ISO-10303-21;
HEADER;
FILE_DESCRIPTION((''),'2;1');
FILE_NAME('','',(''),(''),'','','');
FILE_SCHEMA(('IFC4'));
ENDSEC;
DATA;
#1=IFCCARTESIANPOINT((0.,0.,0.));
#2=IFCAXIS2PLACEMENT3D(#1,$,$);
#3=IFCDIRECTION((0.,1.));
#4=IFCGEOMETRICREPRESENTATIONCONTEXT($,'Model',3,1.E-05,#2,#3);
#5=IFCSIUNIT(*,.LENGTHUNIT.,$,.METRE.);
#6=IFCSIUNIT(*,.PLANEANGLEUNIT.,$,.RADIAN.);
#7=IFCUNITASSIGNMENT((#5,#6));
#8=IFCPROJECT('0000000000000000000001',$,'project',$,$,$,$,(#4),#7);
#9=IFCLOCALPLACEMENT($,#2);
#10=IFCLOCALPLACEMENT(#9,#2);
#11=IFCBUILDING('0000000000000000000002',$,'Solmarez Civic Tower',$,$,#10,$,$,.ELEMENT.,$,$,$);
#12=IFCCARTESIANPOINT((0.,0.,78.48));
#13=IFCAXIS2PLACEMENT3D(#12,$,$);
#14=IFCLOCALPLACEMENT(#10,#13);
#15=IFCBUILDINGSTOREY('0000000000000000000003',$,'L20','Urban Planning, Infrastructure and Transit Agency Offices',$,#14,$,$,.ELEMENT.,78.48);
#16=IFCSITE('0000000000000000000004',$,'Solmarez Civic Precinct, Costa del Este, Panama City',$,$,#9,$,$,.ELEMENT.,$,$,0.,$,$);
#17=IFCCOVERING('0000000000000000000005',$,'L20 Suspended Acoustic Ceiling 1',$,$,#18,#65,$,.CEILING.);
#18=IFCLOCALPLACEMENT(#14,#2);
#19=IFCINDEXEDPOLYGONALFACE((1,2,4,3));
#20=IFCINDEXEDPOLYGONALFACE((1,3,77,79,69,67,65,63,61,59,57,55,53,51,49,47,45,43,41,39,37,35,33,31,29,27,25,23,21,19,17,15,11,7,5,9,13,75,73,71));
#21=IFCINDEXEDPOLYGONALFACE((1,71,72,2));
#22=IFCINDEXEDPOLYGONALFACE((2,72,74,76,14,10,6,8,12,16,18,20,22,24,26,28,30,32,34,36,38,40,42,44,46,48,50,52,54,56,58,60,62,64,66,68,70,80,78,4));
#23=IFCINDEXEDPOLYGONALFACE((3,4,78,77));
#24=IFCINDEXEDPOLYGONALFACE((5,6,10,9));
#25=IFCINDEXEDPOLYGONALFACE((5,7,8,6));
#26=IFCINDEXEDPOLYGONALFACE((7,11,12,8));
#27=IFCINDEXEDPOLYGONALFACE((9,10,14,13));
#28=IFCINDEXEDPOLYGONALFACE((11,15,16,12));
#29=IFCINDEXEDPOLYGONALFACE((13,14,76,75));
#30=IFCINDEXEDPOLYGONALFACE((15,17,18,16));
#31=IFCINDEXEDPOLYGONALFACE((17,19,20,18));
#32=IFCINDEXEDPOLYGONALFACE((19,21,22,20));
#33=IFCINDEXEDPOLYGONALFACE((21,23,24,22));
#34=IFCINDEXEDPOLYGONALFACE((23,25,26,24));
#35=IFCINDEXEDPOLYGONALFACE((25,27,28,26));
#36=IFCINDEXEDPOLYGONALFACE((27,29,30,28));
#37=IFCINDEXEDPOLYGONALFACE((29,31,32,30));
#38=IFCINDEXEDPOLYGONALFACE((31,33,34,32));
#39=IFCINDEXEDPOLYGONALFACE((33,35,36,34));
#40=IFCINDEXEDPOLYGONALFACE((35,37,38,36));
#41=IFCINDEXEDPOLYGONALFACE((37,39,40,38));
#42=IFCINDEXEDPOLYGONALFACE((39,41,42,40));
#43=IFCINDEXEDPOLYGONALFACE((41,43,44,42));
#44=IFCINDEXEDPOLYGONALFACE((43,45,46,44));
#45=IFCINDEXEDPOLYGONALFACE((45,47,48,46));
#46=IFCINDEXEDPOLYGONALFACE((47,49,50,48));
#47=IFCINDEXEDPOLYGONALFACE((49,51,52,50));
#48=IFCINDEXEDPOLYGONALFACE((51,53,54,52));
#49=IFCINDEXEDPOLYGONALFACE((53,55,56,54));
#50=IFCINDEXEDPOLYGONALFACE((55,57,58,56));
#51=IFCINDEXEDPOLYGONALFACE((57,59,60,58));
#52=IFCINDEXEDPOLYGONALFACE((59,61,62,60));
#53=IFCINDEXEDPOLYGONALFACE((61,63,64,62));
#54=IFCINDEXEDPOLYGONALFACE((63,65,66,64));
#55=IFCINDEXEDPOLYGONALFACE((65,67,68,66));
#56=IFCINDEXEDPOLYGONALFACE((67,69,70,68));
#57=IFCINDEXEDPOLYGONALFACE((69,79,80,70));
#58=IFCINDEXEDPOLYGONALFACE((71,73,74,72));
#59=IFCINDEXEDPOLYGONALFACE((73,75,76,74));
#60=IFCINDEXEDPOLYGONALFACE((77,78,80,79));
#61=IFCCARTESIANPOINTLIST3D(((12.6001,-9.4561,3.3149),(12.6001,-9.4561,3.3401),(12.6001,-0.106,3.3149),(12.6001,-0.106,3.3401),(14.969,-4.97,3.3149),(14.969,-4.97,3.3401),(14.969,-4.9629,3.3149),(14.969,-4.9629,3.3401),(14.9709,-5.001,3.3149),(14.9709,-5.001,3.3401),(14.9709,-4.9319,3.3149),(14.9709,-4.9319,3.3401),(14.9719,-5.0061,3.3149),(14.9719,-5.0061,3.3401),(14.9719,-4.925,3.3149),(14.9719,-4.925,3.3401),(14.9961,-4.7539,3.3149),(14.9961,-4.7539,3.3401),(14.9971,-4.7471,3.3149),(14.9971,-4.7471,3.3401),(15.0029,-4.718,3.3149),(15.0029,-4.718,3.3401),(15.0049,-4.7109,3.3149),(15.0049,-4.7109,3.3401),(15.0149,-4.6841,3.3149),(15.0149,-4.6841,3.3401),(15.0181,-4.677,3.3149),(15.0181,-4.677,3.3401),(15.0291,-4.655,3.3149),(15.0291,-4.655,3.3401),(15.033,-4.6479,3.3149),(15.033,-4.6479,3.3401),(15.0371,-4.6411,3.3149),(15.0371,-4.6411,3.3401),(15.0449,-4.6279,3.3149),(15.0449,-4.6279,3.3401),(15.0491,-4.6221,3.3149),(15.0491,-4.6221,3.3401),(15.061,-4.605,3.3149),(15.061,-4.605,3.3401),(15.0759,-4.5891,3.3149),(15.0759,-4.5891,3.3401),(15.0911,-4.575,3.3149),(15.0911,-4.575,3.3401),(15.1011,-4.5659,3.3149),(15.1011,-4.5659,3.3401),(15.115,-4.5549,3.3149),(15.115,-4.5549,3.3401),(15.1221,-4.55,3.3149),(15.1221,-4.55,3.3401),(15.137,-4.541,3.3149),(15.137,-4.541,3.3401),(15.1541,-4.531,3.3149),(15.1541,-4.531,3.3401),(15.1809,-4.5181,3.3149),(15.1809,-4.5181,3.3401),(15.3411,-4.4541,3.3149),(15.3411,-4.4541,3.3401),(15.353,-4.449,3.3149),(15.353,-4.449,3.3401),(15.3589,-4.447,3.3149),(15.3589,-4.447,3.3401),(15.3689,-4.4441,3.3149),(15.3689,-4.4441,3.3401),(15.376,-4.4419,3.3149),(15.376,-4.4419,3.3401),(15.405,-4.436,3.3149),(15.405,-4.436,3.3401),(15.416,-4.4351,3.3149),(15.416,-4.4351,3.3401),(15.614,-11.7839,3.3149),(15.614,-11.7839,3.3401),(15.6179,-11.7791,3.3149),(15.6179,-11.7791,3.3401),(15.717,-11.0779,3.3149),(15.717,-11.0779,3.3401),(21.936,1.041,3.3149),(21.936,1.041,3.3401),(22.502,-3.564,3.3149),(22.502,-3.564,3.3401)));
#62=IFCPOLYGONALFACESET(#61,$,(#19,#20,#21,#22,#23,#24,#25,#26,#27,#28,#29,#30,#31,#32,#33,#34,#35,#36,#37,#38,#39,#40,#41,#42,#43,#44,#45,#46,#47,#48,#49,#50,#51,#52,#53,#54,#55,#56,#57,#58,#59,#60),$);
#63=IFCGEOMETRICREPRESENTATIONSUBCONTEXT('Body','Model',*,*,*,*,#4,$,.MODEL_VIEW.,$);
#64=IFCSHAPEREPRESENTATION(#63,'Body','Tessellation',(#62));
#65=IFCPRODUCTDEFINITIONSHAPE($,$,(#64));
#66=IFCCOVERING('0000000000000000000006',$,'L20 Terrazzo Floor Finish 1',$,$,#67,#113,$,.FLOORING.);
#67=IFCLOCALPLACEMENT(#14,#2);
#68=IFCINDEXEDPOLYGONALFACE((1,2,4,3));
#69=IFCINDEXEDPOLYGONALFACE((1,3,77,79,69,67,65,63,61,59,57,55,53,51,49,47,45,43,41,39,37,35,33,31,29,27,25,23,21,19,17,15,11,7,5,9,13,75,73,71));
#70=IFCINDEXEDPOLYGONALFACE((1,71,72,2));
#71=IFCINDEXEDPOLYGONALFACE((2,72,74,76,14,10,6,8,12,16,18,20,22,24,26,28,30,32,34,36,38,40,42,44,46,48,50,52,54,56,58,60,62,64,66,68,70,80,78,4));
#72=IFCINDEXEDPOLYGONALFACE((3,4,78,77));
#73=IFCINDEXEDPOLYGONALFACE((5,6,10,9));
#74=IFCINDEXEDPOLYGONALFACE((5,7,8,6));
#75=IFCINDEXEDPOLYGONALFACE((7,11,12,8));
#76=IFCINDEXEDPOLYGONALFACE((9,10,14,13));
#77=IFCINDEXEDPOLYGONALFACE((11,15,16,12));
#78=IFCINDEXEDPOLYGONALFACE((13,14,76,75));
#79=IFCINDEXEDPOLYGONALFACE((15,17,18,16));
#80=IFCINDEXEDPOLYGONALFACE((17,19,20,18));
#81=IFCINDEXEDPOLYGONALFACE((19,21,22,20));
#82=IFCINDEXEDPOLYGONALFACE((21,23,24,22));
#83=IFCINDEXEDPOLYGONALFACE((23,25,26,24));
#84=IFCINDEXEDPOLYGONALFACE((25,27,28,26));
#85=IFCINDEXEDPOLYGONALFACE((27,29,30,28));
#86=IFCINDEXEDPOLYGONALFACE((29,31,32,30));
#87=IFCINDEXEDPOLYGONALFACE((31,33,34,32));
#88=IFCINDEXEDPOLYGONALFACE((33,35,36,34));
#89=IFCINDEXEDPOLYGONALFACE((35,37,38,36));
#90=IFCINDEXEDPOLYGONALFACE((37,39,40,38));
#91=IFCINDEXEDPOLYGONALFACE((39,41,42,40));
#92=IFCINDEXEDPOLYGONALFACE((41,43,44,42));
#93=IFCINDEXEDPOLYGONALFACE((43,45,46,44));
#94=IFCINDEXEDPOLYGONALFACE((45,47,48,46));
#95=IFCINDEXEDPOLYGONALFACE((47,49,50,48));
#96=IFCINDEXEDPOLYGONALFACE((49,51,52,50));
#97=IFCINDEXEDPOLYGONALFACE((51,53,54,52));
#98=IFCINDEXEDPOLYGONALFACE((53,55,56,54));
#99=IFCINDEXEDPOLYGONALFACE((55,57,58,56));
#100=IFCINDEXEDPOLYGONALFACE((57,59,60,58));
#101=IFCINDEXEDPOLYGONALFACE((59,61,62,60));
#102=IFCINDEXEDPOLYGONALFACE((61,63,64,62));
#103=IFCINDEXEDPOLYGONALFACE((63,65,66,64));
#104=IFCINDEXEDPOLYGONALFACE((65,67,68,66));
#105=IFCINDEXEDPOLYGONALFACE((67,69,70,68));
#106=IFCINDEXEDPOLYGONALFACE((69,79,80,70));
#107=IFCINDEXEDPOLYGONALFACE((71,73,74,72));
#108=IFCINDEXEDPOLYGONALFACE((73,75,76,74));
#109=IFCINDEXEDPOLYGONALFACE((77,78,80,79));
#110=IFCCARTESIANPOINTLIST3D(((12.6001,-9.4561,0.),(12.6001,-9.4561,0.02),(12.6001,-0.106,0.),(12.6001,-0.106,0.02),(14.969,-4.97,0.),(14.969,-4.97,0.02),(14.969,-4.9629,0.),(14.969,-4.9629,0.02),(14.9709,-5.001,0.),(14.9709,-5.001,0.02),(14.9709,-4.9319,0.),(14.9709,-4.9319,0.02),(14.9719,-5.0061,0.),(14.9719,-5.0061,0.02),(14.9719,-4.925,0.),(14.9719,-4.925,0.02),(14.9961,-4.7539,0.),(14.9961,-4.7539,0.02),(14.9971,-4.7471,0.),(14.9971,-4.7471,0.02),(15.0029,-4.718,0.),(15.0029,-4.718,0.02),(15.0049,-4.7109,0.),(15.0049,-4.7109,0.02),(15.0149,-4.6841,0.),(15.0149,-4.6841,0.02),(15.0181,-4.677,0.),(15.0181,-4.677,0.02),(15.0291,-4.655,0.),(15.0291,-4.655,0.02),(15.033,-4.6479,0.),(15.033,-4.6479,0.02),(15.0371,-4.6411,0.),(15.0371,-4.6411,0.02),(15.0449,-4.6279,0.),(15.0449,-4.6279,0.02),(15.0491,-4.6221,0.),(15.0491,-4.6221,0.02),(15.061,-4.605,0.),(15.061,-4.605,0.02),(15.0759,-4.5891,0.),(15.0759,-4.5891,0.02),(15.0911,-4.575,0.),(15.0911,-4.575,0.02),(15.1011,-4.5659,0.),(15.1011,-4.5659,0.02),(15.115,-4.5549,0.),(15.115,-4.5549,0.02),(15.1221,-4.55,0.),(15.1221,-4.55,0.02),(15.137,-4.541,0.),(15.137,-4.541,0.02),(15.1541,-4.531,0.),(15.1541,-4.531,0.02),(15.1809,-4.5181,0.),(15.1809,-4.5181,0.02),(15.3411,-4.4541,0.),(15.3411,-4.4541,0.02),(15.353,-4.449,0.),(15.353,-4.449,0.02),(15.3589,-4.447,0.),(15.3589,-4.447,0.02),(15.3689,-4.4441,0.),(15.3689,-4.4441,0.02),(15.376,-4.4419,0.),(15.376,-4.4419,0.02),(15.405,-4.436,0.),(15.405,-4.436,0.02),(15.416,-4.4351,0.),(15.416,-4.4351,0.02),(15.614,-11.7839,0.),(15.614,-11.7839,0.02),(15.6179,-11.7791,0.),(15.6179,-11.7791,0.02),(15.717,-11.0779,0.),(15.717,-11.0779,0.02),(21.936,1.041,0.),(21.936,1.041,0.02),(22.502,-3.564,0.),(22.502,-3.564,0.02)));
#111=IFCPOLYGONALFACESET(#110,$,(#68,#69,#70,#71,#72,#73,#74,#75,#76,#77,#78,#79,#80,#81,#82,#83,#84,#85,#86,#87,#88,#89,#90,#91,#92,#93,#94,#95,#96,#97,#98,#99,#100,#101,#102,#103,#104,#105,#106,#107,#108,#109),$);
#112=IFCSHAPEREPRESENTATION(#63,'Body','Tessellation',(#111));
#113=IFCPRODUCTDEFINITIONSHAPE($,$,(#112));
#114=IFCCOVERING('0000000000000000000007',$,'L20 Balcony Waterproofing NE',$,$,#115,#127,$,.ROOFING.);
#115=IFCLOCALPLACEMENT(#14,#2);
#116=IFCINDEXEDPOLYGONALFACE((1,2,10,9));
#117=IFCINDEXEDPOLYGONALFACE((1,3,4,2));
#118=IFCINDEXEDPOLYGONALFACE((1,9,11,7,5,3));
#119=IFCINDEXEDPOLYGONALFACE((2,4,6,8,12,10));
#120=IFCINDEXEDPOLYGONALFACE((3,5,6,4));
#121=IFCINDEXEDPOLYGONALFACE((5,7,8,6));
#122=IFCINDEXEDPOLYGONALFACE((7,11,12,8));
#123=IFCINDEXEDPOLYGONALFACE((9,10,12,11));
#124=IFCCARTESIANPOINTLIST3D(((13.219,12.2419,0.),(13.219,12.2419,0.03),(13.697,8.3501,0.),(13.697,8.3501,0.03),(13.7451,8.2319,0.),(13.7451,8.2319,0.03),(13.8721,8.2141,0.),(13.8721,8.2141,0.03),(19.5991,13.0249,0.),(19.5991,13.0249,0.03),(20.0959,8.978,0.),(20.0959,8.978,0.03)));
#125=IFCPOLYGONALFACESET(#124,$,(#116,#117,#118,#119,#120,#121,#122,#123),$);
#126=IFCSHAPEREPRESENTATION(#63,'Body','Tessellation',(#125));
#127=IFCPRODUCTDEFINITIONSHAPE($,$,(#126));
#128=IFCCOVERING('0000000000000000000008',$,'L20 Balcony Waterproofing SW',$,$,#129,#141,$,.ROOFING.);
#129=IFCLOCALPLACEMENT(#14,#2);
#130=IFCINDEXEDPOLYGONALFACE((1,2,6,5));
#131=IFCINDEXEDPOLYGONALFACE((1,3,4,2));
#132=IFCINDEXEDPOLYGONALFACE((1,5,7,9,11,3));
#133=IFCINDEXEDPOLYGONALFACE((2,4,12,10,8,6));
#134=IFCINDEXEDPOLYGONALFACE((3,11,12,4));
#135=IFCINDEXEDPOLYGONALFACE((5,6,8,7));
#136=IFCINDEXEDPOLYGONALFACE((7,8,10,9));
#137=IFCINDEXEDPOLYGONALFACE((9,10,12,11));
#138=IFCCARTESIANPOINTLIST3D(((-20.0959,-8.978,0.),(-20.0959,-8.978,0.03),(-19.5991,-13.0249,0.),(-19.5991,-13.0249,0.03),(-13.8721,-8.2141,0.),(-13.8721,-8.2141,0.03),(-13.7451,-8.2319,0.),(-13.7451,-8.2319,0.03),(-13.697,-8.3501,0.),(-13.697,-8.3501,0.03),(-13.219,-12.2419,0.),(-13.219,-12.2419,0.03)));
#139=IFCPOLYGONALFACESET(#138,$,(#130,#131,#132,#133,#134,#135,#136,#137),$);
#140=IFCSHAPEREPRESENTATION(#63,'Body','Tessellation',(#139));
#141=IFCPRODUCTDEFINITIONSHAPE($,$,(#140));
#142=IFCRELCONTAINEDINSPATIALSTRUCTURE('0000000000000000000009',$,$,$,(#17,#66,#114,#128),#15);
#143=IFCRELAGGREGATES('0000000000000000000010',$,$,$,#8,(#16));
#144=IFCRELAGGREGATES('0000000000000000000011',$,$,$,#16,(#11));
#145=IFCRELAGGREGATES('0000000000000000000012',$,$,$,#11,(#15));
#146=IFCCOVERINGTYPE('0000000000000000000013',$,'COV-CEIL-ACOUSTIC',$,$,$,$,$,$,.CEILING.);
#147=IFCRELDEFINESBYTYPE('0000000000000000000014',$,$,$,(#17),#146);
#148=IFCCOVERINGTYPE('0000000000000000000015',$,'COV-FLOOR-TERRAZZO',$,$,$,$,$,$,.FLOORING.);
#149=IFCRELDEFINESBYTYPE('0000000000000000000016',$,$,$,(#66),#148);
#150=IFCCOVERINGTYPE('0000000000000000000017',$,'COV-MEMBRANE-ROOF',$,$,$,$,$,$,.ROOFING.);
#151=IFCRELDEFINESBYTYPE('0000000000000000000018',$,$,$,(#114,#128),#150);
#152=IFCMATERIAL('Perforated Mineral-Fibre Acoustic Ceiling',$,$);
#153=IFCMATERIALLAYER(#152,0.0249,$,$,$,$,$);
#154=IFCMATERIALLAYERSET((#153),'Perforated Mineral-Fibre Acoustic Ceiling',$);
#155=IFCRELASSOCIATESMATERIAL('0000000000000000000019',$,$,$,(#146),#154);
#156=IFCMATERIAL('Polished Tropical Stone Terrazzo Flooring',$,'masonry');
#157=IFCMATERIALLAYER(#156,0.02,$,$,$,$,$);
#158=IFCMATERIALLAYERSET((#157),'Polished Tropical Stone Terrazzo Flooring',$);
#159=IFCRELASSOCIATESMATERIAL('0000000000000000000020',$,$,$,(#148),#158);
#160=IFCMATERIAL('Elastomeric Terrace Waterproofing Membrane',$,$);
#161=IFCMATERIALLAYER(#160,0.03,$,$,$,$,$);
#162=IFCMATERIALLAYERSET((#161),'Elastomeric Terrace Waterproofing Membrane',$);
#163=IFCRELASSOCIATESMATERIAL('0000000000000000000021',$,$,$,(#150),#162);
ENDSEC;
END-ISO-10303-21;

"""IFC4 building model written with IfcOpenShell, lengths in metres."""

from ifc_helpers import new_model, si_unit, direction, frame, origin, place, context, subcontext, project, spatial, polyline, outline, extrude, material, layer, layer_set, type_object, element, save


model = new_model("IFC4")

# Units and contexts
model_context = context("Model", 3, precision=1e-05, world=origin(), true_north=direction((0.0, 1.0)))
body_context = subcontext(model_context, "Body", "Model", "MODEL_VIEW")
ifc_project = project(units=[si_unit("LENGTHUNIT", "METRE"), si_unit("PLANEANGLEUNIT", "RADIAN")], contexts=[model_context])

# Site, building, storey
site_placement = place(None, origin())
site = spatial("IfcSite", under=ifc_project, at=site_placement, Name="Solmarez Civic Precinct, Costa del Este, Panama City", CompositionType="ELEMENT", RefElevation=0.0)
building_placement = place(site_placement, origin())
building = spatial("IfcBuilding", under=site, at=building_placement, Name="Solmarez Civic Tower", CompositionType="ELEMENT")
storey_placement = place(building_placement, frame((0.0, 0.0, 78.48)))
storey = spatial("IfcBuildingStorey", under=building, at=storey_placement, Name="L20", Description="Urban Planning, Infrastructure and Transit Agency Offices", CompositionType="ELEMENT", Elevation=78.48)

# Coverings
ifc_material_1 = material(Name="Perforated Mineral-Fibre Acoustic Ceiling")
ifc_layer_1 = layer(ifc_material_1, 0.0249)
ifc_layer_set_1 = layer_set([ifc_layer_1], Name="Perforated Mineral-Fibre Acoustic Ceiling")
covering_type_1 = type_object("IfcCoveringType", Name="COV-CEIL-ACOUSTIC", PredefinedType="CEILING", material=ifc_layer_set_1)
covering_1_placement = place(storey_placement, frame((0.0, 0.0, 3.3149)))
element("IfcCovering", 1, at=covering_1_placement, inside=storey, type_object=covering_type_1, Name="L20 Suspended Acoustic Ceiling 1", PredefinedType="CEILING", context=body_context, shape_type="SweptSolid", body=[
    extrude(outline(polyline([(12.6001, -0.106), (12.6001, -9.4561), (15.614, -11.7839), (15.6179, -11.7791), (15.717, -11.0779), (14.9719, -5.0061), (14.9709, -5.001), (14.969, -4.97), (14.969, -4.9629), (14.9709, -4.9319), (14.9719, -4.925), (14.9961, -4.7539), (14.9971, -4.7471), (15.0029, -4.718), (15.0049, -4.7109), (15.0149, -4.6841), (15.0181, -4.677), (15.0291, -4.655), (15.033, -4.6479), (15.0371, -4.6411), (15.0449, -4.6279), (15.0491, -4.6221), (15.061, -4.605), (15.0759, -4.5891), (15.0911, -4.575), (15.1011, -4.5659), (15.115, -4.5549), (15.1221, -4.55), (15.137, -4.541), (15.1541, -4.531), (15.1809, -4.5181), (15.3411, -4.4541), (15.353, -4.449), (15.3589, -4.447), (15.3689, -4.4441), (15.376, -4.4419), (15.405, -4.436), (15.416, -4.4351), (22.502, -3.564), (21.936, 1.041), (12.6001, -0.106)])), origin(), (0.0, 0.0, 1.0), 0.0251),
])
ifc_material_2 = material(Name="Polished Tropical Stone Terrazzo Flooring", Category="masonry")
ifc_layer_2 = layer(ifc_material_2, 0.02)
ifc_layer_set_2 = layer_set([ifc_layer_2], Name="Polished Tropical Stone Terrazzo Flooring")
covering_type_2 = type_object("IfcCoveringType", Name="COV-FLOOR-TERRAZZO", PredefinedType="FLOORING", material=ifc_layer_set_2)
covering_2_placement = place(storey_placement, origin())
element("IfcCovering", 2, at=covering_2_placement, inside=storey, type_object=covering_type_2, Name="L20 Terrazzo Floor Finish 1", PredefinedType="FLOORING", context=body_context, shape_type="SweptSolid", body=[
    extrude(outline(polyline([(12.6001, -0.106), (12.6001, -9.4561), (15.614, -11.7839), (15.6179, -11.7791), (15.717, -11.0779), (14.9719, -5.0061), (14.9709, -5.001), (14.969, -4.97), (14.969, -4.9629), (14.9709, -4.9319), (14.9719, -4.925), (14.9961, -4.7539), (14.9971, -4.7471), (15.0029, -4.718), (15.0049, -4.7109), (15.0149, -4.6841), (15.0181, -4.677), (15.0291, -4.655), (15.033, -4.6479), (15.0371, -4.6411), (15.0449, -4.6279), (15.0491, -4.6221), (15.061, -4.605), (15.0759, -4.5891), (15.0911, -4.575), (15.1011, -4.5659), (15.115, -4.5549), (15.1221, -4.55), (15.137, -4.541), (15.1541, -4.531), (15.1809, -4.5181), (15.3411, -4.4541), (15.353, -4.449), (15.3589, -4.447), (15.3689, -4.4441), (15.376, -4.4419), (15.405, -4.436), (15.416, -4.4351), (22.502, -3.564), (21.936, 1.041), (12.6001, -0.106)])), origin(), (0.0, 0.0, 1.0), 0.02),
])
ifc_material_3 = material(Name="Elastomeric Terrace Waterproofing Membrane")
ifc_layer_3 = layer(ifc_material_3, 0.03)
ifc_layer_set_3 = layer_set([ifc_layer_3], Name="Elastomeric Terrace Waterproofing Membrane")
covering_type_3 = type_object("IfcCoveringType", Name="COV-MEMBRANE-ROOF", PredefinedType="ROOFING", material=ifc_layer_set_3)
covering_3_placement = place(storey_placement, origin())
element("IfcCovering", 3, at=covering_3_placement, inside=storey, type_object=covering_type_3, Name="L20 Balcony Waterproofing NE", PredefinedType="ROOFING", context=body_context, shape_type="SweptSolid", body=[
    extrude(outline(polyline([(13.697, 8.3501), (13.7451, 8.2319), (13.8721, 8.2141), (20.0959, 8.978), (19.5991, 13.0249), (13.219, 12.2419), (13.697, 8.3501)])), origin(), (0.0, 0.0, 1.0), 0.03),
])
covering_4_placement = place(storey_placement, origin())
element("IfcCovering", 4, at=covering_4_placement, inside=storey, type_object=covering_type_3, Name="L20 Balcony Waterproofing SW", PredefinedType="ROOFING", context=body_context, shape_type="SweptSolid", body=[
    extrude(outline(polyline([(-13.697, -8.3501), (-13.7451, -8.2319), (-13.8721, -8.2141), (-20.0959, -8.978), (-19.5991, -13.0249), (-13.219, -12.2419), (-13.697, -8.3501)])), origin(), (0.0, 0.0, 1.0), 0.03),
])

save(model, "model.ifc")
